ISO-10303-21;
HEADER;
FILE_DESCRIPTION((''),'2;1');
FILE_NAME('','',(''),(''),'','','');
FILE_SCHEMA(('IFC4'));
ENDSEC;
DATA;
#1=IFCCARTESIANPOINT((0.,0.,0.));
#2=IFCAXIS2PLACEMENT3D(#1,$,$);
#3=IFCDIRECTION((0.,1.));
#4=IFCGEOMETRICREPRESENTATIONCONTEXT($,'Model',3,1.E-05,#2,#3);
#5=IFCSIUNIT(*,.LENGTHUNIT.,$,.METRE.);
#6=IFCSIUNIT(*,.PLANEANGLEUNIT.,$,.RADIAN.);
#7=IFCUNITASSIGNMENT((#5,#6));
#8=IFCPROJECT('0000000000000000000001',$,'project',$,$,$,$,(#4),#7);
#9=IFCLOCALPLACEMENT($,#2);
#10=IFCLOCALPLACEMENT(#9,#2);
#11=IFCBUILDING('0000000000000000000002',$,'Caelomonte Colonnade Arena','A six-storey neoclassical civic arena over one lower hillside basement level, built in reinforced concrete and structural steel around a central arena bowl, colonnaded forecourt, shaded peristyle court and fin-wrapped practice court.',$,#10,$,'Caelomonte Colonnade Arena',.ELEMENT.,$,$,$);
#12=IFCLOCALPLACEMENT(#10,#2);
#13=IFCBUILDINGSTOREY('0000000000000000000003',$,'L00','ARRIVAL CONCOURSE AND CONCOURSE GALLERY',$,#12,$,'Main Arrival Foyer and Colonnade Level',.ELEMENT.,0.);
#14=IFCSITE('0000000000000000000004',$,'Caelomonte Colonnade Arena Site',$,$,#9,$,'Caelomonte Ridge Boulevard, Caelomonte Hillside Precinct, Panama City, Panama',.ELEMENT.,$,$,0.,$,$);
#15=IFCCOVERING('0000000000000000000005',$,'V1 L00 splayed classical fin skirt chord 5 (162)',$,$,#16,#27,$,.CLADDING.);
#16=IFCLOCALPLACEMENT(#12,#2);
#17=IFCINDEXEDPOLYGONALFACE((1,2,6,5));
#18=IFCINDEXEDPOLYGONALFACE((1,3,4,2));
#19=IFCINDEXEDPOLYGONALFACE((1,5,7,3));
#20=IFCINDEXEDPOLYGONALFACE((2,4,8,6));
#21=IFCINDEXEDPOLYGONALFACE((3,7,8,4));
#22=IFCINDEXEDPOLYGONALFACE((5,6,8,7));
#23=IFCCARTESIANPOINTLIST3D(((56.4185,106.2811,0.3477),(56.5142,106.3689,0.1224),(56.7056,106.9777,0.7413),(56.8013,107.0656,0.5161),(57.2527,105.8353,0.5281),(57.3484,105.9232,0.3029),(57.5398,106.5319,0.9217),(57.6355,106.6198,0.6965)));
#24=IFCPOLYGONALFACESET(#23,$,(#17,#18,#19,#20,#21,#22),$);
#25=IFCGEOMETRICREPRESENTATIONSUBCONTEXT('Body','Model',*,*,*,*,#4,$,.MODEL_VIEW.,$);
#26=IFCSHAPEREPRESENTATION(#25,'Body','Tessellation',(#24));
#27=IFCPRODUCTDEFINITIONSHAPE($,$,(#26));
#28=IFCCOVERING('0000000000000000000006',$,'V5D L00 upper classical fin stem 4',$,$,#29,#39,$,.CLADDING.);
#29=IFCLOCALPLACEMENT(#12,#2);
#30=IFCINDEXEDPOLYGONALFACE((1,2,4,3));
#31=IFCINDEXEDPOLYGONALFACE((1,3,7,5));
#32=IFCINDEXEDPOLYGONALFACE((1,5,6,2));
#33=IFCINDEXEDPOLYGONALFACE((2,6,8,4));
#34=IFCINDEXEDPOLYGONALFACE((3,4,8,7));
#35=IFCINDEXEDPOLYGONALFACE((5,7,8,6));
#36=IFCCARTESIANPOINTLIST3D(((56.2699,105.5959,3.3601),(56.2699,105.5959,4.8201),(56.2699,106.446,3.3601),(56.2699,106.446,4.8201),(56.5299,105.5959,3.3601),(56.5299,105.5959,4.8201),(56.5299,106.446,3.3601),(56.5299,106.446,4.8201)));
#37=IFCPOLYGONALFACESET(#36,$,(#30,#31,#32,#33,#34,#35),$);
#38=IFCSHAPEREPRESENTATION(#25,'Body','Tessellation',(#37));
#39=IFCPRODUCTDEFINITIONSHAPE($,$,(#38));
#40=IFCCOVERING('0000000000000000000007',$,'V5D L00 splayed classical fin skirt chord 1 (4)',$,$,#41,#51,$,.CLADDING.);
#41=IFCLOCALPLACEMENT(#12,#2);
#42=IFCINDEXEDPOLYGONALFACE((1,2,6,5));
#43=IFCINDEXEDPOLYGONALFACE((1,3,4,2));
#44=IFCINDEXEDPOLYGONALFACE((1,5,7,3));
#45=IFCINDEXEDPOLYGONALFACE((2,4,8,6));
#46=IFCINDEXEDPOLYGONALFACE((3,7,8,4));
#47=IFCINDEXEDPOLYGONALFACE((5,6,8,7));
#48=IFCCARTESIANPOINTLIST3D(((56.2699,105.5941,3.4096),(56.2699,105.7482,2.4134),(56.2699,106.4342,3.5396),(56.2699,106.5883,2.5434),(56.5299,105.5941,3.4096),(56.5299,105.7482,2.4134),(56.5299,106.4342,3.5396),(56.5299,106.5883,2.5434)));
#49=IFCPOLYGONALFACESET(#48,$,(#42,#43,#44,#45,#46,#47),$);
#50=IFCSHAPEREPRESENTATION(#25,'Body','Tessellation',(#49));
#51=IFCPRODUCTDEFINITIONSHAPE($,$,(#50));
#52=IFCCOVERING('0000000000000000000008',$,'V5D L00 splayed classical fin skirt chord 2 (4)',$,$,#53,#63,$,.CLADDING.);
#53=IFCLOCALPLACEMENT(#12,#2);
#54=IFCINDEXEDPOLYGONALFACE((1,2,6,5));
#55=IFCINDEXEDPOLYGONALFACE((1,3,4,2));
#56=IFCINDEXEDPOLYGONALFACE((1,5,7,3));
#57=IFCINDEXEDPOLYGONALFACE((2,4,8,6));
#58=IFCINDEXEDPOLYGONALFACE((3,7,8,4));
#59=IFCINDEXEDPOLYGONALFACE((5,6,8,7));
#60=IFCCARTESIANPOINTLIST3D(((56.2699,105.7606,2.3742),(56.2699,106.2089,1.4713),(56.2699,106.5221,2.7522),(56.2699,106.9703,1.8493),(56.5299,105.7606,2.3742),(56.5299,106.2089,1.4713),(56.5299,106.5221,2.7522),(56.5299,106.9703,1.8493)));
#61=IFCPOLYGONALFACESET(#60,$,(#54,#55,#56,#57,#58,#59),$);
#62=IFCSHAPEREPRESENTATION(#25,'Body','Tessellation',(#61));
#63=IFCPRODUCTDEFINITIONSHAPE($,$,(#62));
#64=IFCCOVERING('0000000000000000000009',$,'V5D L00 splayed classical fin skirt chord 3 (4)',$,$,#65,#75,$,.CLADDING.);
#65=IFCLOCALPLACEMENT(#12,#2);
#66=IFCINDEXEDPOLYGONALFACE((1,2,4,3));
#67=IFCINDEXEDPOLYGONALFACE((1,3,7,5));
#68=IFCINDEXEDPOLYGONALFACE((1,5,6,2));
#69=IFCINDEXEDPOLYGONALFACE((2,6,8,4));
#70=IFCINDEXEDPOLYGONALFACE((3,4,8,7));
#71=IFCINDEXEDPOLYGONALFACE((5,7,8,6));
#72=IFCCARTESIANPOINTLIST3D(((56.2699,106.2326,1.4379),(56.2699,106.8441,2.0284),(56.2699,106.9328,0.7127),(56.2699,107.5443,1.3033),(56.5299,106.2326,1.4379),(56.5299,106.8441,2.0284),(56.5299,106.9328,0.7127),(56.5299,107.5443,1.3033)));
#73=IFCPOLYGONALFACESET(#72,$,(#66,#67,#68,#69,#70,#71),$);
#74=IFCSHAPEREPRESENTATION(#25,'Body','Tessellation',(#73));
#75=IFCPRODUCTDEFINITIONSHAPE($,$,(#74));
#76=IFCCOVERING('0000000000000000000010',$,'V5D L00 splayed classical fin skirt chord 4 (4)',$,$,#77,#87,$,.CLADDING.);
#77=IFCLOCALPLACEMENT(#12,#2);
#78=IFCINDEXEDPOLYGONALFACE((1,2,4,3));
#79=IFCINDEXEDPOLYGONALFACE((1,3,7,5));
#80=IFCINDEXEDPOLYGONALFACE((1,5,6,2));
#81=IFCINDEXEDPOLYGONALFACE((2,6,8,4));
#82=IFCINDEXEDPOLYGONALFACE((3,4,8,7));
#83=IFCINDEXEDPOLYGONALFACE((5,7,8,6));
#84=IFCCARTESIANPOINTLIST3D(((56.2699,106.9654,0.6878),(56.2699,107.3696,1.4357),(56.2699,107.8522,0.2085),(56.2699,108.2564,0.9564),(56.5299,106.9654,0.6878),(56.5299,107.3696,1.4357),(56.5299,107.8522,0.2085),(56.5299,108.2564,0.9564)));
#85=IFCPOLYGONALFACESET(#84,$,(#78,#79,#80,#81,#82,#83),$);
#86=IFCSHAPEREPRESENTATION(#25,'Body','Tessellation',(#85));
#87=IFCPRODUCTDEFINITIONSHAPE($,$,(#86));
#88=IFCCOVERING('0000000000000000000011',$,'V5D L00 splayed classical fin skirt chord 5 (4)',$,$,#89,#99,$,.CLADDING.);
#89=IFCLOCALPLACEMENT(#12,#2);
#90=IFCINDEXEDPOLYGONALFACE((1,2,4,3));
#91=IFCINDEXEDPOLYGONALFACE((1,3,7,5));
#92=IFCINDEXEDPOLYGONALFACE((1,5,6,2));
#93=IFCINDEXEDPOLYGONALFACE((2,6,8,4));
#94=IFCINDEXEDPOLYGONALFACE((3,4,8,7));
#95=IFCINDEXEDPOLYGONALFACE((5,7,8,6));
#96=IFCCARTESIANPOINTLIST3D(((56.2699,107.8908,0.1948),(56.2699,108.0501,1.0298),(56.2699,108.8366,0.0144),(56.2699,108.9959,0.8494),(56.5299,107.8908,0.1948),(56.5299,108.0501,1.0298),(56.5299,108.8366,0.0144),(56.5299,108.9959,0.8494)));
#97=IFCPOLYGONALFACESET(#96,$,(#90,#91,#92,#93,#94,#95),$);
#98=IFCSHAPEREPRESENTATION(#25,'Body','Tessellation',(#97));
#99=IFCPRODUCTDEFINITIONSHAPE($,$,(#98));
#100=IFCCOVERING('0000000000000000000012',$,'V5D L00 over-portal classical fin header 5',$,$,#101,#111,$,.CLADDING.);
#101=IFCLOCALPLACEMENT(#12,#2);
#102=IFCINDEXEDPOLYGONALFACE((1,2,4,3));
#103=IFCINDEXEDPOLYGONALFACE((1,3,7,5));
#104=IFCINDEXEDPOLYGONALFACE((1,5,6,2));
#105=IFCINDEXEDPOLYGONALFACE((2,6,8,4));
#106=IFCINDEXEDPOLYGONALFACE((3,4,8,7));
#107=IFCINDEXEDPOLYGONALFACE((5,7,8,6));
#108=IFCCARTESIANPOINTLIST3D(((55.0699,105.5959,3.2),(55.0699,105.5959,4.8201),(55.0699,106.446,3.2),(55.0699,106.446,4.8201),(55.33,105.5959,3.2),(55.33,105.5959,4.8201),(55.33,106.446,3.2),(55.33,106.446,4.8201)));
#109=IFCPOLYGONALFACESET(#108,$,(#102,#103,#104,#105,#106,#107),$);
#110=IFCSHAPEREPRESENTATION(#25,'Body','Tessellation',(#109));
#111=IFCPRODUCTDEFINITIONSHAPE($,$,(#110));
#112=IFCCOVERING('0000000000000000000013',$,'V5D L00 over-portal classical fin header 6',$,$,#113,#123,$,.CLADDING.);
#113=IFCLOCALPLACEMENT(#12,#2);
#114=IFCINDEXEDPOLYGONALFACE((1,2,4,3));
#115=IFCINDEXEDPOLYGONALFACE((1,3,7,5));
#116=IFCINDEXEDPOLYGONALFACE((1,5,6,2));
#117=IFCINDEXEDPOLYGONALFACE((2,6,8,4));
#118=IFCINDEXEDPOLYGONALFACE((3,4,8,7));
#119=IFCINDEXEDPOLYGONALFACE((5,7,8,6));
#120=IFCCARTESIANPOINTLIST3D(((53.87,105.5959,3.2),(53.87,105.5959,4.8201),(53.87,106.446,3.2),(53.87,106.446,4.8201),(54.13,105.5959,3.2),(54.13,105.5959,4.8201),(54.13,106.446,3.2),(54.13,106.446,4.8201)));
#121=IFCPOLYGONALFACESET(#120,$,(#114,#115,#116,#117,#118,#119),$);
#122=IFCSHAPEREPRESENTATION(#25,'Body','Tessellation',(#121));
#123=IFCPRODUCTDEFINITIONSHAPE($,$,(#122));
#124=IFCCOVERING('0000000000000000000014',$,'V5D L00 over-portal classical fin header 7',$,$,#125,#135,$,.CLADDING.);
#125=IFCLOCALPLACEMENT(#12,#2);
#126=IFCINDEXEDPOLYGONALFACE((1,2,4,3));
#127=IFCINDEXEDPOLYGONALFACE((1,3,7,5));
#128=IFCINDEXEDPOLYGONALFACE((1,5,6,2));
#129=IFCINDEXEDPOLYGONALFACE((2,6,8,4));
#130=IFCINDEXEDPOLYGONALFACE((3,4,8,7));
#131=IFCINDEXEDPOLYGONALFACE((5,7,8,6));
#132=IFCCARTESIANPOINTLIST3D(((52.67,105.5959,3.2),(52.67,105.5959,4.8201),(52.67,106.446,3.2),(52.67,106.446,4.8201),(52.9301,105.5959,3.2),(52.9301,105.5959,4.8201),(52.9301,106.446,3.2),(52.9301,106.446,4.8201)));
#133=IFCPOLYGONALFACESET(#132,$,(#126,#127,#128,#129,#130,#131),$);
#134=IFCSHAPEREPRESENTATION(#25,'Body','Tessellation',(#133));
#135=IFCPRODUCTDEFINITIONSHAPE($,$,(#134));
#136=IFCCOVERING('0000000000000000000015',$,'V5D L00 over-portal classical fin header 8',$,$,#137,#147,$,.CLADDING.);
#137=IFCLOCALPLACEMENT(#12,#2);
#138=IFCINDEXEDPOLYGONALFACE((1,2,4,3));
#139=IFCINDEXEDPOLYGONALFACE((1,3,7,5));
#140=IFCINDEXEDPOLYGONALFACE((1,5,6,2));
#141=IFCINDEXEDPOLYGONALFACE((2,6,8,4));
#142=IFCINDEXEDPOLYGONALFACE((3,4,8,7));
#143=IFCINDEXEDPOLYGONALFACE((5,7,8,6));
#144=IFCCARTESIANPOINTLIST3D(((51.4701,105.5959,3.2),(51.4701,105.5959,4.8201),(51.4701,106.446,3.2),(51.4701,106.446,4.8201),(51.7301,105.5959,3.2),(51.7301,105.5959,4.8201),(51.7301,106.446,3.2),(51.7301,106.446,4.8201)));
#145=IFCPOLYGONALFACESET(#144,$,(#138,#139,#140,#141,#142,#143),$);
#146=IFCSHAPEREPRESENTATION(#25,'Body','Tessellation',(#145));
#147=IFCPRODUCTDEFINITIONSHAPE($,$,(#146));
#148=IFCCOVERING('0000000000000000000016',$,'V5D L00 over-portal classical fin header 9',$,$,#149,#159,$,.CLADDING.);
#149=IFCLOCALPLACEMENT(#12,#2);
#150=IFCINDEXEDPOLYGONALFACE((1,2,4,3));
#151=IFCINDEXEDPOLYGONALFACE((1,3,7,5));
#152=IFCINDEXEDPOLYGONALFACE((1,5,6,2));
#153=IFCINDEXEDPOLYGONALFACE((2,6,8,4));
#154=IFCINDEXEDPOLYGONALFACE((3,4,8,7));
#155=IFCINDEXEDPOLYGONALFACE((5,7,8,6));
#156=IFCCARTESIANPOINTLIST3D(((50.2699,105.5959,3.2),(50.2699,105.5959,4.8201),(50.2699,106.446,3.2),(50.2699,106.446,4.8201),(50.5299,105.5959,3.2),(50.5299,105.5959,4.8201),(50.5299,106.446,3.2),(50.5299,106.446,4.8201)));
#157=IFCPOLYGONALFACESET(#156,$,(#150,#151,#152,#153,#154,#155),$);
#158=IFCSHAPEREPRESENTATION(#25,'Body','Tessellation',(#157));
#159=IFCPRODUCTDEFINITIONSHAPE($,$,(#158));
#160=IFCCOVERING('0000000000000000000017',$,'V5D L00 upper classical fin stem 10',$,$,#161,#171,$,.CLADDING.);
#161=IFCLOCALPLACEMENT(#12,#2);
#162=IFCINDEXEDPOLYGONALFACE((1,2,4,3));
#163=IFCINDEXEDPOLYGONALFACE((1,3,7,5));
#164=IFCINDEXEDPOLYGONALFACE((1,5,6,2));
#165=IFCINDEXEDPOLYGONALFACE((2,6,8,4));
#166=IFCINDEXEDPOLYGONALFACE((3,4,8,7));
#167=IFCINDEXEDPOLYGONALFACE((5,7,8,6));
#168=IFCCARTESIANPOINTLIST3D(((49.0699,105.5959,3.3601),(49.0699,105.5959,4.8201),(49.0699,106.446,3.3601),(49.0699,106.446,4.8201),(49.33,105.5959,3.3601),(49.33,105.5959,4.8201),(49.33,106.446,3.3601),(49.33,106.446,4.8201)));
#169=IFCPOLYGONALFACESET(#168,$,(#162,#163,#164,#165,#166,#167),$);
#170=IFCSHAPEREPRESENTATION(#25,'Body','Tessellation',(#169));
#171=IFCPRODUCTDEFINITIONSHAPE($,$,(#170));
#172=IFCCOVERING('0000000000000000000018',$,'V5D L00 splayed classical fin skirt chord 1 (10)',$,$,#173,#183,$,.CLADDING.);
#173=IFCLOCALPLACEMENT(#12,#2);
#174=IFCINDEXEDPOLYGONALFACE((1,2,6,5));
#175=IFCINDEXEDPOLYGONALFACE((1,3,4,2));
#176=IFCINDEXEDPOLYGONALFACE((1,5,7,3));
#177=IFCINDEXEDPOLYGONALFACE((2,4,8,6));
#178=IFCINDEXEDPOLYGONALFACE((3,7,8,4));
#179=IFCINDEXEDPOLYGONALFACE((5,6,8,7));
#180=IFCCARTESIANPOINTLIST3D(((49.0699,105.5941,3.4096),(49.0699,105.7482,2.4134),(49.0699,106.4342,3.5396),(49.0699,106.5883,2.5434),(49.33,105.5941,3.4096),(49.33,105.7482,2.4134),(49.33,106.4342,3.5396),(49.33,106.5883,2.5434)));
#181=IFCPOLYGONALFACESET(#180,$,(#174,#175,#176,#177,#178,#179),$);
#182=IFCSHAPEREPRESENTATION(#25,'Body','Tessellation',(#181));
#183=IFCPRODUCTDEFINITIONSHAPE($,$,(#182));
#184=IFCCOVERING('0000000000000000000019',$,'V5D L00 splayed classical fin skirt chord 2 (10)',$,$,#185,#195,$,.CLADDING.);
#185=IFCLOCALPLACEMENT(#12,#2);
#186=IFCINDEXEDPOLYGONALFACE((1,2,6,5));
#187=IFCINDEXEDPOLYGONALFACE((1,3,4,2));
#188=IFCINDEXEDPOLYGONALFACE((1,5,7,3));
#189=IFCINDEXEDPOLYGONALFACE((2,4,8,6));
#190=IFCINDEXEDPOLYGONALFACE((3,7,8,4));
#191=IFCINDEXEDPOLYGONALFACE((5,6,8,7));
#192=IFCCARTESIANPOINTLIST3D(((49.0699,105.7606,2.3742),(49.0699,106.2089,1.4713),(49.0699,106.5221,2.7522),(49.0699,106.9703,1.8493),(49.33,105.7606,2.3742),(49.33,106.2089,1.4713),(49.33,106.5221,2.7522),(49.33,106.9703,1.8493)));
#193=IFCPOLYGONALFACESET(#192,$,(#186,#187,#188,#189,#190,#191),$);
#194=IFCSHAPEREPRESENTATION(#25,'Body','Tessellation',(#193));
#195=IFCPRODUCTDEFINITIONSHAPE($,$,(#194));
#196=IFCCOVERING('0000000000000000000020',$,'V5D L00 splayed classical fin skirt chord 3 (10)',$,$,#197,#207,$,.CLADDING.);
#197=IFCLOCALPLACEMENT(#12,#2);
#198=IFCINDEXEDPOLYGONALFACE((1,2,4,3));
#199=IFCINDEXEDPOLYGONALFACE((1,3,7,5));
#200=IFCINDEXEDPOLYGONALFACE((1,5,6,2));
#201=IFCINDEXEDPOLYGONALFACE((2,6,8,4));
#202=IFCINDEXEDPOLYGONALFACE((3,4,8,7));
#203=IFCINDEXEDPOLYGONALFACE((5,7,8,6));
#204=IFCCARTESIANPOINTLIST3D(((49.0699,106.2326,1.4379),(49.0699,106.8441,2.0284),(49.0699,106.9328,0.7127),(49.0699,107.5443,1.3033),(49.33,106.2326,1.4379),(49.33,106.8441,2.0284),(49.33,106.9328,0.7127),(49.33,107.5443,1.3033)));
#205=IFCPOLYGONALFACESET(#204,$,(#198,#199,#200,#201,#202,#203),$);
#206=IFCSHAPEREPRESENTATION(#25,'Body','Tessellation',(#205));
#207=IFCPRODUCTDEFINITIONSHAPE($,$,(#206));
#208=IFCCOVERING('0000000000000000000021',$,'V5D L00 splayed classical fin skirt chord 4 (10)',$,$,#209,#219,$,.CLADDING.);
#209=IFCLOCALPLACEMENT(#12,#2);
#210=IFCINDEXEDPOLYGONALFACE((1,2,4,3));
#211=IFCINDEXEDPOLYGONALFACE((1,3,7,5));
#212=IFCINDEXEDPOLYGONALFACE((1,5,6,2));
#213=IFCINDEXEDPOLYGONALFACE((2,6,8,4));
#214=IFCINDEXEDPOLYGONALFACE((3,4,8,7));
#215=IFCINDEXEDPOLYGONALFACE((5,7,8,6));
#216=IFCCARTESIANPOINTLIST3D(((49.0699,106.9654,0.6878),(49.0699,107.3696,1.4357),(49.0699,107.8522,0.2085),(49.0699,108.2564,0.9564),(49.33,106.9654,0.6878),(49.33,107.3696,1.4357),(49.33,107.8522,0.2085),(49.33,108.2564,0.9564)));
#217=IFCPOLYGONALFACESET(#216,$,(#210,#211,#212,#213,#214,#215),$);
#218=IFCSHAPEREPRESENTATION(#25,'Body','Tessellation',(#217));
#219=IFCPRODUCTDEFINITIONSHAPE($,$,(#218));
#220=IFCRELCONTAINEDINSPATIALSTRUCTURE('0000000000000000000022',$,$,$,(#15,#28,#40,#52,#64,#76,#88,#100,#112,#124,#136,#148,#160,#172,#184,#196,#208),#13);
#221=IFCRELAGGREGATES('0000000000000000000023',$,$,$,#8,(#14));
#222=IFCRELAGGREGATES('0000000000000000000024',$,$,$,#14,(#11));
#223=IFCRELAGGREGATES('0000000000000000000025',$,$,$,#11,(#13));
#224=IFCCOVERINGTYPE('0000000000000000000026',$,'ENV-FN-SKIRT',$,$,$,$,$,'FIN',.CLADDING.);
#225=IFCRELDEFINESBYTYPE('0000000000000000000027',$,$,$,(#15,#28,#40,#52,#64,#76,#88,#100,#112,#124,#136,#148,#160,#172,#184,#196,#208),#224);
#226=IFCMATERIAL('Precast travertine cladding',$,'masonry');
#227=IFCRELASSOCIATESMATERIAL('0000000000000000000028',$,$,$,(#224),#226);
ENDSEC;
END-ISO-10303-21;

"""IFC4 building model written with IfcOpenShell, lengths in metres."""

from ifc_helpers import new_model, si_unit, direction, frame, origin, origin_2d, place, context, subcontext, project, spatial, rectangle, extrude, material, material_profile, profile_set, type_object, element, save


model = new_model("IFC4")

# Units and contexts
model_context = context("Model", 3, precision=1e-05, world=origin(), true_north=direction((0.0, 1.0)))
body_context = subcontext(model_context, "Body", "Model", "MODEL_VIEW")
ifc_project = project(units=[si_unit("LENGTHUNIT", "METRE"), si_unit("PLANEANGLEUNIT", "RADIAN")], contexts=[model_context])

# Site, building, storey
site_placement = place(None, origin())
site = spatial("IfcSite", under=ifc_project, at=site_placement, Name="Caelomonte Colonnade Arena Site", LongName="Caelomonte Ridge Boulevard, Caelomonte Hillside Precinct, Panama City, Panama", CompositionType="ELEMENT", RefElevation=0.0)
building_placement = place(site_placement, origin())
building = spatial("IfcBuilding", under=site, at=building_placement, Name="Caelomonte Colonnade Arena", Description="A six-storey neoclassical civic arena over one lower hillside basement level, built in reinforced concrete and structural steel around a central arena bowl, colonnaded forecourt, shaded peristyle court and fin-wrapped practice court.", LongName="Caelomonte Colonnade Arena", CompositionType="ELEMENT")
storey_placement = place(building_placement, origin())
storey = spatial("IfcBuildingStorey", under=building, at=storey_placement, Name="L00", Description="ARRIVAL CONCOURSE AND CONCOURSE GALLERY", LongName="Main Arrival Foyer and Colonnade Level", CompositionType="ELEMENT", Elevation=0.0)

# Coverings
ifc_material = material(Name="Precast travertine cladding", Category="masonry")
ifc_material_profile = material_profile(ifc_material, rectangle(XDim=0.26, YDim=0.8501, at=origin_2d()), Name="FIN260X850")
ifc_profile_set = profile_set([ifc_material_profile], Name="Precast travertine cladding")
covering_type = type_object("IfcCoveringType", Name="ENV-FN-SKIRT", ElementType="FIN", PredefinedType="CLADDING", material=ifc_profile_set)
covering_1_placement = place(storey_placement, frame((57.4441, 106.2275, 0.6123), z_axis=(-0.866347, 0.462965, -0.187366), x_axis=(-0.367913, -0.337876, 0.866303)))
element("IfcCovering", 1, at=covering_1_placement, inside=storey, type_object=covering_type, Name="V1 L00 splayed classical fin skirt chord 5 (162)", PredefinedType="CLADDING", context=body_context, shape_type="SweptSolid", body=[
    extrude(rectangle(XDim=0.26, YDim=0.8501, at=origin_2d()), origin(), (0.0, 0.0, 1.0), 0.9629),
])
covering_2_placement = place(storey_placement, frame((56.3999, 106.021, 3.3601), z_axis=(0.0, 0.0, 1.0), x_axis=(1.0, 0.0, 0.0)))
element("IfcCovering", 2, at=covering_2_placement, inside=storey, type_object=covering_type, Name="V5D L00 upper classical fin stem 4", PredefinedType="CLADDING", context=body_context, shape_type="SweptSolid", body=[
    extrude(rectangle(XDim=0.26, YDim=0.8501, at=origin_2d()), origin(), (0.0, 0.0, 1.0), 1.46),
])
for number, where, z_axis, x_axis, name in (
    (3, (56.3999, 106.0142, 3.4746), (0.0, 0.15284, -0.988251), (-1.0, 0.0, 0.0), "V5D L00 splayed classical fin skirt chord 1 (4)"),
    (4, (56.3999, 106.1414, 2.5632), (0.0, 0.444693, -0.895683), (-1.0, 0.0, 0.0), "V5D L00 splayed classical fin skirt chord 2 (4)"),
    (5, (56.3999, 106.5383, 1.7332), (0.0, 0.694646, -0.719351), (-1.0, 0.0, 0.0), "V5D L00 splayed classical fin skirt chord 3 (4)"),
    (6, (56.3999, 107.1675, 1.0618), (0.0, 0.879731, -0.475471), (-1.0, 0.0, 0.0), "V5D L00 splayed classical fin skirt chord 4 (4)"),
):
    element("IfcCovering", number, at=place(storey_placement, frame(where, z_axis=z_axis, x_axis=x_axis)), inside=storey, type_object=covering_type, Name=name, PredefinedType="CLADDING", context=body_context, shape_type="SweptSolid", body=[
        extrude(rectangle(XDim=0.26, YDim=0.8501, at=origin_2d()), origin(), (0.0, 0.0, 1.0), 1.0081),
    ])
covering_3_placement = place(storey_placement, frame((56.3999, 107.9705, 0.6123), z_axis=(0.0, 0.982287, -0.18738), x_axis=(-1.0, 0.0, 0.0)))
element("IfcCovering", 7, at=covering_3_placement, inside=storey, type_object=covering_type, Name="V5D L00 splayed classical fin skirt chord 5 (4)", PredefinedType="CLADDING", context=body_context, shape_type="SweptSolid", body=[
    extrude(rectangle(XDim=0.26, YDim=0.8501, at=origin_2d()), origin(), (0.0, 0.0, 1.0), 0.9629),
])
for number, where, z_axis, x_axis, name in (
    (8, (55.2, 106.021, 3.2), (0.0, 0.0, 1.0), (1.0, 0.0, 0.0), "V5D L00 over-portal classical fin header 5"),
    (9, (54.0, 106.021, 3.2), (0.0, 0.0, 1.0), (1.0, 0.0, 0.0), "V5D L00 over-portal classical fin header 6"),
    (10, (52.8, 106.021, 3.2), (0.0, 0.0, 1.0), (1.0, 0.0, 0.0), "V5D L00 over-portal classical fin header 7"),
    (11, (51.6001, 106.021, 3.2), (0.0, 0.0, 1.0), (1.0, 0.0, 0.0), "V5D L00 over-portal classical fin header 8"),
    (12, (50.3999, 106.021, 3.2), (0.0, 0.0, 1.0), (1.0, 0.0, 0.0), "V5D L00 over-portal classical fin header 9"),
):
    element("IfcCovering", number, at=place(storey_placement, frame(where, z_axis=z_axis, x_axis=x_axis)), inside=storey, type_object=covering_type, Name=name, PredefinedType="CLADDING", context=body_context, shape_type="SweptSolid", body=[
        extrude(rectangle(XDim=0.26, YDim=0.8501, at=origin_2d()), origin(), (0.0, 0.0, 1.0), 1.6201),
    ])
covering_4_placement = place(storey_placement, frame((49.2, 106.021, 3.3601), z_axis=(0.0, 0.0, 1.0), x_axis=(1.0, 0.0, 0.0)))
element("IfcCovering", 13, at=covering_4_placement, inside=storey, type_object=covering_type, Name="V5D L00 upper classical fin stem 10", PredefinedType="CLADDING", context=body_context, shape_type="SweptSolid", body=[
    extrude(rectangle(XDim=0.26, YDim=0.8501, at=origin_2d()), origin(), (0.0, 0.0, 1.0), 1.46),
])
for number, where, z_axis, x_axis, name in (
    (14, (49.2, 106.0142, 3.4746), (0.0, 0.15284, -0.988251), (-1.0, 0.0, 0.0), "V5D L00 splayed classical fin skirt chord 1 (10)"),
    (15, (49.2, 106.1414, 2.5632), (0.0, 0.444693, -0.895683), (-1.0, 0.0, 0.0), "V5D L00 splayed classical fin skirt chord 2 (10)"),
    (16, (49.2, 106.5383, 1.7332), (0.0, 0.694646, -0.719351), (-1.0, 0.0, 0.0), "V5D L00 splayed classical fin skirt chord 3 (10)"),
    (17, (49.2, 107.1675, 1.0618), (0.0, 0.879731, -0.475471), (-1.0, 0.0, 0.0), "V5D L00 splayed classical fin skirt chord 4 (10)"),
):
    element("IfcCovering", number, at=place(storey_placement, frame(where, z_axis=z_axis, x_axis=x_axis)), inside=storey, type_object=covering_type, Name=name, PredefinedType="CLADDING", context=body_context, shape_type="SweptSolid", body=[
        extrude(rectangle(XDim=0.26, YDim=0.8501, at=origin_2d()), origin(), (0.0, 0.0, 1.0), 1.0081),
    ])

save(model, "model.ifc")
